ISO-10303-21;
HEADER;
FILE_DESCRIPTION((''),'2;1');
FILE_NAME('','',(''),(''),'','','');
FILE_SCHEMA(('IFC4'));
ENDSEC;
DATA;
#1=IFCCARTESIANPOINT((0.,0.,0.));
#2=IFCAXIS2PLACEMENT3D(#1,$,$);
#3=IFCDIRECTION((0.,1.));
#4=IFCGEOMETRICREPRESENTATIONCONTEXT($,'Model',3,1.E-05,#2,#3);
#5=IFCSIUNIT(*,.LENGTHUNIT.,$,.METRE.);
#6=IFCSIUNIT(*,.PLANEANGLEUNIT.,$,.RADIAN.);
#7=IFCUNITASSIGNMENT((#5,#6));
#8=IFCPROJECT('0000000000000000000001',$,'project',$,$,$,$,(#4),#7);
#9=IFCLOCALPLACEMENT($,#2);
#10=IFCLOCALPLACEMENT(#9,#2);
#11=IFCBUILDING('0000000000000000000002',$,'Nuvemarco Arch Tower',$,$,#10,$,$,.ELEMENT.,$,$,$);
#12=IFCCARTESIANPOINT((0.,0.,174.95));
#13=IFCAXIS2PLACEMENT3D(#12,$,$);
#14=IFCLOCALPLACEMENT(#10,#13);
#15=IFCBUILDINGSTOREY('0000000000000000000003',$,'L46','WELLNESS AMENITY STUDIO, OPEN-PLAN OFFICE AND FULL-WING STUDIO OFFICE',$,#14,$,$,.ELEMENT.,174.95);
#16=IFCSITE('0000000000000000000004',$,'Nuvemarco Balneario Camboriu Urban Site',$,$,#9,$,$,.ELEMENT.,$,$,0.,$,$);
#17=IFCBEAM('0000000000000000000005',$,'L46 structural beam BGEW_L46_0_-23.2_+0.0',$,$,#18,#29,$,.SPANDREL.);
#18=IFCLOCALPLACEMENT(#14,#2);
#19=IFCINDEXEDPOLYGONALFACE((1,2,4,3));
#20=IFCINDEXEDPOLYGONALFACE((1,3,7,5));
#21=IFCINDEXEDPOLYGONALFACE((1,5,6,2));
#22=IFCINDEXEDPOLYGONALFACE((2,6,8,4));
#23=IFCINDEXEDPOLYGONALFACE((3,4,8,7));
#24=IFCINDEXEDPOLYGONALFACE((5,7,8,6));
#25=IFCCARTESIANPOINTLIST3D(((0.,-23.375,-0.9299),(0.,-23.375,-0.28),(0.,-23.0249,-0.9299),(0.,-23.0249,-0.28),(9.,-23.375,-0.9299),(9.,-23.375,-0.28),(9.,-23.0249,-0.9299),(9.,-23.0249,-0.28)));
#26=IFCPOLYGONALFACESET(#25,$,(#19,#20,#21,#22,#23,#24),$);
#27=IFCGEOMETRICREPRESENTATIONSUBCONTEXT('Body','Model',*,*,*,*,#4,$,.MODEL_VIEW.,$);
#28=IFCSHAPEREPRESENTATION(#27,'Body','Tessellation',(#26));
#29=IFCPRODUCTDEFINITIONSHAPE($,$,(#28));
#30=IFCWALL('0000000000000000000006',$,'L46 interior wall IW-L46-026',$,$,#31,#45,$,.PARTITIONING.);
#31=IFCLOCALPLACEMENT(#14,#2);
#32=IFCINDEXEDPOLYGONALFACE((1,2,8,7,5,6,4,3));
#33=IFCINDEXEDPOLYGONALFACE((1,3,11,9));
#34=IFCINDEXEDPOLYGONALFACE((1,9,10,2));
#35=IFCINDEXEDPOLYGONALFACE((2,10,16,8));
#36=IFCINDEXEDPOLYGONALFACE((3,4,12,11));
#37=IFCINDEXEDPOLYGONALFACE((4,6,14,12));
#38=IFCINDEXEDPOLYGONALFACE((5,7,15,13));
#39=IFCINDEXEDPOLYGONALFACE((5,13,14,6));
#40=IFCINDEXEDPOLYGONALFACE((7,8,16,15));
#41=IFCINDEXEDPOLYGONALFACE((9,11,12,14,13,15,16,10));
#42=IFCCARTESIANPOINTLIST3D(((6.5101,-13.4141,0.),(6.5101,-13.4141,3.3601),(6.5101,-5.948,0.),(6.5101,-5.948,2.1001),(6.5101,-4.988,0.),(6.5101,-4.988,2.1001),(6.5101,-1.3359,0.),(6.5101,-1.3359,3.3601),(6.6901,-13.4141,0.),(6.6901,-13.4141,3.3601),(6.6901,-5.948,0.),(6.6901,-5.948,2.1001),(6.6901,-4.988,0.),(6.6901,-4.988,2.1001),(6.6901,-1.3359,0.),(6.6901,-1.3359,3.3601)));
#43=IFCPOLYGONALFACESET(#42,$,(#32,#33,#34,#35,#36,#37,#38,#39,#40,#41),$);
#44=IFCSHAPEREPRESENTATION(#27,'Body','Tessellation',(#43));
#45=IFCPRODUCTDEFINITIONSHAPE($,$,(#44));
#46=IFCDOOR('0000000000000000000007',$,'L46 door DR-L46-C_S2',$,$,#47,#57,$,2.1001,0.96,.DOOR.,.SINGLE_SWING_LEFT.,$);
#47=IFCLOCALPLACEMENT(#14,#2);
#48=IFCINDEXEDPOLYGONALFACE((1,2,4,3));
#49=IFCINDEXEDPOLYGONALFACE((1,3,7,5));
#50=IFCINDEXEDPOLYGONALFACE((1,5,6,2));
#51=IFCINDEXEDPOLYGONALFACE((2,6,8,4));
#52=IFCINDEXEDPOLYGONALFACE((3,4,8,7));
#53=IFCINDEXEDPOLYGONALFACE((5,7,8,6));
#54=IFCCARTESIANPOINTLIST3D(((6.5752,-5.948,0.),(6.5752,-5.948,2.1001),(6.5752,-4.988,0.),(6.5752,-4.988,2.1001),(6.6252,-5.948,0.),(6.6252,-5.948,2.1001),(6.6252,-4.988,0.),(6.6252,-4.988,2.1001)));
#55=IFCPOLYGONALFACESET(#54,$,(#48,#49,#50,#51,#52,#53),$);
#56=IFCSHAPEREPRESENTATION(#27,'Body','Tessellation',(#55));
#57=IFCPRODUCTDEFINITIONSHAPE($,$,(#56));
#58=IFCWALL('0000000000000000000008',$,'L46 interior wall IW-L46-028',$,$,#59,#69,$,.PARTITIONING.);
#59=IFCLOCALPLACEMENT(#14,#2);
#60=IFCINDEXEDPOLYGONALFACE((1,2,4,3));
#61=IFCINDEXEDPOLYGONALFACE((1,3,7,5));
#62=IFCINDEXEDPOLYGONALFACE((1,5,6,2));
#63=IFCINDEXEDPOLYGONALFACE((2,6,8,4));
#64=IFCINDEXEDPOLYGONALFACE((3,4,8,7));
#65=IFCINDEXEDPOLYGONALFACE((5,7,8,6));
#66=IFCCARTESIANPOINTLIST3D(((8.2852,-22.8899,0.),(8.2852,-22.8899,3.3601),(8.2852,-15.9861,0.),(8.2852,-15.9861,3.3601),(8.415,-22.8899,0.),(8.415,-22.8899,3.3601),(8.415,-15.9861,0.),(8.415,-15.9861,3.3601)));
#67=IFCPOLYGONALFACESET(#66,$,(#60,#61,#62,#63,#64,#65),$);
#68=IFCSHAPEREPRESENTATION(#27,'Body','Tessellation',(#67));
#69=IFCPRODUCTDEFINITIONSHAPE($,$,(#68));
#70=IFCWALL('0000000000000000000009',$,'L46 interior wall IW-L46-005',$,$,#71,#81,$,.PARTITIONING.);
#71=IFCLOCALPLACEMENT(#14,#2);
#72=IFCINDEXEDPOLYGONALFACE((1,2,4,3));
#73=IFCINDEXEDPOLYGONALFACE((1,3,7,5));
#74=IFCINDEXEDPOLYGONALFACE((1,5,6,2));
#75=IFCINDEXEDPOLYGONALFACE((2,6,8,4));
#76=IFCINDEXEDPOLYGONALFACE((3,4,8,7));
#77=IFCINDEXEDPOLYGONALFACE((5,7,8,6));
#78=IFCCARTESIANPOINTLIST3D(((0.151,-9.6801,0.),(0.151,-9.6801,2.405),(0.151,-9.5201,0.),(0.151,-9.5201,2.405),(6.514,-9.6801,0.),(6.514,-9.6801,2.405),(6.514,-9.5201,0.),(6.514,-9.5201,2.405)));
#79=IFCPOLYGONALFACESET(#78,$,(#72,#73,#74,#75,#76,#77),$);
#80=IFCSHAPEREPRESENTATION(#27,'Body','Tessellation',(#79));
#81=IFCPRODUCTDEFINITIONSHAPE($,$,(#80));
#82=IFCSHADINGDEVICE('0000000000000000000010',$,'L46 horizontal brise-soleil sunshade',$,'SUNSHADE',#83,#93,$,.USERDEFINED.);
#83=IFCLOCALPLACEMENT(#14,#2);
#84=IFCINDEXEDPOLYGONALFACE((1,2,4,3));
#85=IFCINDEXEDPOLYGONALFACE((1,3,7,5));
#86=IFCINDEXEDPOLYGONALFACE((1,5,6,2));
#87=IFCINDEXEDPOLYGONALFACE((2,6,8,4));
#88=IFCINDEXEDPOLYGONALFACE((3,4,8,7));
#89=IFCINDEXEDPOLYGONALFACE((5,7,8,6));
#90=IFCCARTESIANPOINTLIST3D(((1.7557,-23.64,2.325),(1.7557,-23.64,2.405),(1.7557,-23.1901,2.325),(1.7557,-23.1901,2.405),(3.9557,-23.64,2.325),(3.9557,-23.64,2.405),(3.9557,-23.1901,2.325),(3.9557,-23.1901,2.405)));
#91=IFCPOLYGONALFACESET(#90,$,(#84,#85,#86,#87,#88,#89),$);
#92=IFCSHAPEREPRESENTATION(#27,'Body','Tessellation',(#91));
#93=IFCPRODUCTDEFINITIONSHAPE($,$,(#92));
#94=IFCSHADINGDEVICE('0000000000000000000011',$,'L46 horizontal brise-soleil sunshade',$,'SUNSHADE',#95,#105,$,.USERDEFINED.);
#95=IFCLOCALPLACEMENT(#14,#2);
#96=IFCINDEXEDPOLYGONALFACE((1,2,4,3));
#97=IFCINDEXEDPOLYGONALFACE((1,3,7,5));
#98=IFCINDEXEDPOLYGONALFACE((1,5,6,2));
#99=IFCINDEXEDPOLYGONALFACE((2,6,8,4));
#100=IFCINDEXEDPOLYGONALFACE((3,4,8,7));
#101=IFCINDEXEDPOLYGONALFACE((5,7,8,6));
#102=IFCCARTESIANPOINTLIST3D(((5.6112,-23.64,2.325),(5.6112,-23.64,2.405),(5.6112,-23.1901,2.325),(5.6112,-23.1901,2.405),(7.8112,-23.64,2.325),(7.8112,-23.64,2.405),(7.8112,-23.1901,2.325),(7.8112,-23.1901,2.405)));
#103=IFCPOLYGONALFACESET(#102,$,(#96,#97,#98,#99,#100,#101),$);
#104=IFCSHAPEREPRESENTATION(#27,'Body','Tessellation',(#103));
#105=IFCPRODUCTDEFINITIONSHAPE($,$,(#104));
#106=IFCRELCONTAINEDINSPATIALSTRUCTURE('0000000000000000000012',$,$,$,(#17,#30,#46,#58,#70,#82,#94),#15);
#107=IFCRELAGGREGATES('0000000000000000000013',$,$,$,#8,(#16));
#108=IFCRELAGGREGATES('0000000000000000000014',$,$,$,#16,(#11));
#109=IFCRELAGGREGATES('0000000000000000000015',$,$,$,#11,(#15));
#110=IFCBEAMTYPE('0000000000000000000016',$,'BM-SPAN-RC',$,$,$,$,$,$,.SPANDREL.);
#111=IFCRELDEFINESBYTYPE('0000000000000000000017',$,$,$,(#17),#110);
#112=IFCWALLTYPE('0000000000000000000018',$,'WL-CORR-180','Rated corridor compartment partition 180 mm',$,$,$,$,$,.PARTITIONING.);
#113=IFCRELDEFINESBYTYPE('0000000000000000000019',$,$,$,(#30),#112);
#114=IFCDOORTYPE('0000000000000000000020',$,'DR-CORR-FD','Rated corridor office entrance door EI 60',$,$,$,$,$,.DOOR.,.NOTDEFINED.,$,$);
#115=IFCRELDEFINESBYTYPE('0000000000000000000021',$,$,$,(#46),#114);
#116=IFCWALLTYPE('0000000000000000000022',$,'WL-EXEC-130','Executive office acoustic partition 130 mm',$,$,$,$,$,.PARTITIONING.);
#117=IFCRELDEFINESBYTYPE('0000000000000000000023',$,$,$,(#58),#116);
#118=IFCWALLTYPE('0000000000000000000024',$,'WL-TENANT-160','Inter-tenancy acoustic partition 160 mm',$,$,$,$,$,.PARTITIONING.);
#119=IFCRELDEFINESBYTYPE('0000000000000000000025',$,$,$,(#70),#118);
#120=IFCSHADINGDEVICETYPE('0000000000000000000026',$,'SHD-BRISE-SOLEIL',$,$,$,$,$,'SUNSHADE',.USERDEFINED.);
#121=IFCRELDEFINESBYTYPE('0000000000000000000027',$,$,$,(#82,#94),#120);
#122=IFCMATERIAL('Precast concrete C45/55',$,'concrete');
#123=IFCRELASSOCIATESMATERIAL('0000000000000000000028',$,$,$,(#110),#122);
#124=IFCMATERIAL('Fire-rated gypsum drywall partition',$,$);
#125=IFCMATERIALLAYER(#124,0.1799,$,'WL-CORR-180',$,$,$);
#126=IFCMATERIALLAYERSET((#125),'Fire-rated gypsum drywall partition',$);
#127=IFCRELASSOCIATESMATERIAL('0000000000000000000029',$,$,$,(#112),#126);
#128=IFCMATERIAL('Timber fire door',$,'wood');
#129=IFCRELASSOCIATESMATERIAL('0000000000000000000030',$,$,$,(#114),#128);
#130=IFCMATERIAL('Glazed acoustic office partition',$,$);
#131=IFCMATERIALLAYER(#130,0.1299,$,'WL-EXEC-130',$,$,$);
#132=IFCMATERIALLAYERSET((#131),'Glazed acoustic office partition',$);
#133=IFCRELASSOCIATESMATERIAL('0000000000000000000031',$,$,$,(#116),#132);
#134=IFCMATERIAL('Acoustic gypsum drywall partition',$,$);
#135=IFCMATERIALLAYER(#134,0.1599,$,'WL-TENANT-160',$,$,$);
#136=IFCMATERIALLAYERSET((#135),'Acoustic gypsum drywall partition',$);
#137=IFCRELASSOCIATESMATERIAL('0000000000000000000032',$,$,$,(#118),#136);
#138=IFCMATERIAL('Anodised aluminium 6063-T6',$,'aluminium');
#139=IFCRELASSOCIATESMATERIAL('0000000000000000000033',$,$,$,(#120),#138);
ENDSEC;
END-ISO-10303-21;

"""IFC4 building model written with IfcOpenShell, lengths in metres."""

from ifc_helpers import new_model, si_unit, direction, frame, frame_2d, origin, origin_2d, place, context, subcontext, project, spatial, rectangle, extrude, source, transform, mapped, material, layer, layer_set, material_profile, profile_set, type_object, type_shapes, element, fill, save


model = new_model("IFC4")

# Units and contexts
model_context = context("Model", 3, precision=1e-05, world=origin(), true_north=direction((0.0, 1.0)))
body_context = subcontext(model_context, "Body", "Model", "MODEL_VIEW")
ifc_project = project(units=[si_unit("LENGTHUNIT", "METRE"), si_unit("PLANEANGLEUNIT", "RADIAN")], contexts=[model_context])

# Site, building, storey
site_placement = place(None, origin())
site = spatial("IfcSite", under=ifc_project, at=site_placement, Name="Nuvemarco Balneario Camboriu Urban Site", CompositionType="ELEMENT", RefElevation=0.0)
building_placement = place(site_placement, origin())
building = spatial("IfcBuilding", under=site, at=building_placement, Name="Nuvemarco Arch Tower", CompositionType="ELEMENT")
storey_placement = place(building_placement, frame((0.0, 0.0, 174.95)))
storey = spatial("IfcBuildingStorey", under=building, at=storey_placement, Name="L46", Description="WELLNESS AMENITY STUDIO, OPEN-PLAN OFFICE AND FULL-WING STUDIO OFFICE", CompositionType="ELEMENT", Elevation=174.95)

# Beam
ifc_material_1 = material(Name="Precast concrete C45/55", Category="concrete")
ifc_material_profile_1 = material_profile(ifc_material_1, rectangle(XDim=0.3501, YDim=0.6499, at=origin_2d()), Name="PC-SP-350x650")
ifc_profile_set_1 = profile_set([ifc_material_profile_1], Name="Precast concrete C45/55")
beam_type_1 = type_object("IfcBeamType", Name="BM-SPAN-RC", PredefinedType="SPANDREL", material=ifc_profile_set_1)
beam_1_placement = place(storey_placement, frame((0.0, -23.2, -0.605), z_axis=(1.0, 0.0, 0.0), x_axis=(0.0, 1.0, 0.0)))
element("IfcBeam", 1, at=beam_1_placement, inside=storey, type_object=beam_type_1, Name="L46 structural beam BGEW_L46_0_-23.2_+0.0", PredefinedType="SPANDREL", context=body_context, shape_type="SweptSolid", body=[
    extrude(rectangle(XDim=0.3501, YDim=0.6499, at=origin_2d()), origin(), (0.0, 0.0, 1.0), 9.0),
])

# Wall, opening, door
ifc_material_2 = material(Name="Fire-rated gypsum drywall partition")
ifc_layer_1 = layer(ifc_material_2, 0.1799, Name="WL-CORR-180")
ifc_layer_set_1 = layer_set([ifc_layer_1], Name="Fire-rated gypsum drywall partition")
wall_type_1 = type_object("IfcWallType", Name="WL-CORR-180", Description="Rated corridor compartment partition 180 mm", PredefinedType="PARTITIONING", material=ifc_layer_set_1)
wall_1_placement = place(storey_placement, frame((6.6001, -13.4141, 0.0), z_axis=(0.0, 0.0, 1.0), x_axis=(0.0, 1.0, 0.0)))
wall_1 = element("IfcWall", 2, at=wall_1_placement, inside=storey, type_object=wall_type_1, Name="L46 interior wall IW-L46-026", PredefinedType="PARTITIONING", context=body_context, shape_type="SweptSolid", body=[
    extrude(rectangle(XDim=12.0781, YDim=0.1799, at=frame_2d((6.0391, 0.0))), origin(), (0.0, 0.0, 1.0), 3.3601),
])
opening_placement = place(wall_1_placement, frame((7.4661, 0.0, 0.0)))
opening = element("IfcOpeningElement", 3, at=opening_placement, cuts=wall_1, PredefinedType="OPENING", context=body_context, shape_type="SweptSolid", body=[
    extrude(rectangle(XDim=0.96, YDim=2.1001, at=frame_2d((0.48, 1.05))), frame((0.0, 0.0999, 0.0), z_axis=(0.0, -1.0, 0.0), x_axis=(1.0, 0.0, 0.0)), (0.0, 0.0, 1.0), 0.2),
])
ifc_material_3 = material(Name="Timber fire door", Category="wood")
door_type = type_object("IfcDoorType", Name="DR-CORR-FD", Description="Rated corridor office entrance door EI 60", OperationType="NOTDEFINED", PredefinedType="DOOR", material=ifc_material_3)
shared_shape_1 = source(origin(), body_context, "Body", "SweptSolid", [
    extrude(rectangle(XDim=0.96, YDim=2.1001, at=frame_2d((0.48, 1.05))), frame((0.0, 0.0249, 0.0), z_axis=(0.0, -1.0, 0.0), x_axis=(1.0, 0.0, 0.0)), (0.0, 0.0, 1.0), 0.05),
])
type_shapes(door_type, [shared_shape_1])
door_placement = place(opening_placement, origin())
door = element("IfcDoor", 4, at=door_placement, inside=storey, type_object=door_type, Name="L46 door DR-L46-C_S2", OperationType="SINGLE_SWING_LEFT", OverallHeight=2.1001, OverallWidth=0.96, PredefinedType="DOOR", context=body_context, shape_type="MappedRepresentation", body=[
    mapped(shared_shape_1, transform((0.0, 0.0, 0.0), scale=1.0)),
])
fill(opening, door)

# Walls
ifc_material_4 = material(Name="Glazed acoustic office partition")
ifc_layer_2 = layer(ifc_material_4, 0.1299, Name="WL-EXEC-130")
ifc_layer_set_2 = layer_set([ifc_layer_2], Name="Glazed acoustic office partition")
wall_type_2 = type_object("IfcWallType", Name="WL-EXEC-130", Description="Executive office acoustic partition 130 mm", PredefinedType="PARTITIONING", material=ifc_layer_set_2)
wall_2_placement = place(storey_placement, frame((8.3501, -22.8899, 0.0), z_axis=(0.0, 0.0, 1.0), x_axis=(0.0, 1.0, 0.0)))
element("IfcWall", 5, at=wall_2_placement, inside=storey, type_object=wall_type_2, Name="L46 interior wall IW-L46-028", PredefinedType="PARTITIONING", context=body_context, shape_type="SweptSolid", body=[
    extrude(rectangle(XDim=6.9038, YDim=0.1299, at=frame_2d((3.4519, 0.0))), origin(), (0.0, 0.0, 1.0), 3.3601),
])
ifc_material_5 = material(Name="Acoustic gypsum drywall partition")
ifc_layer_3 = layer(ifc_material_5, 0.1599, Name="WL-TENANT-160")
ifc_layer_set_3 = layer_set([ifc_layer_3], Name="Acoustic gypsum drywall partition")
wall_type_3 = type_object("IfcWallType", Name="WL-TENANT-160", Description="Inter-tenancy acoustic partition 160 mm", PredefinedType="PARTITIONING", material=ifc_layer_set_3)
wall_3_placement = place(storey_placement, frame((0.1509, -9.6001, 0.0), z_axis=(0.0, 0.0, 1.0), x_axis=(1.0, 0.0, 0.0)))
element("IfcWall", 6, at=wall_3_placement, inside=storey, type_object=wall_type_3, Name="L46 interior wall IW-L46-005", PredefinedType="PARTITIONING", context=body_context, shape_type="SweptSolid", body=[
    extrude(rectangle(XDim=6.363, YDim=0.1599, at=frame_2d((3.1816, 0.0))), origin(), (0.0, 0.0, 1.0), 2.405),
])

# Shading devices
ifc_material_6 = material(Name="Anodised aluminium 6063-T6", Category="aluminium")
shading_device_type = type_object("IfcShadingDeviceType", Name="SHD-BRISE-SOLEIL", ElementType="SUNSHADE", PredefinedType="USERDEFINED", material=ifc_material_6)
shared_shape_2 = source(origin(), body_context, "Body", "SweptSolid", [
    extrude(rectangle(XDim=2.2, YDim=0.45, at=origin_2d()), origin(), (0.0, 0.0, 1.0), 0.0801),
])
type_shapes(shading_device_type, [shared_shape_2])
for number, where, z_axis, x_axis, name in (
    (7, (2.8557, -23.415, 2.325), (0.0, 0.0, 1.0), (1.0, 0.0, 0.0), "L46 horizontal brise-soleil sunshade"),
    (8, (6.7112, -23.415, 2.325), (0.0, 0.0, 1.0), (1.0, 0.0, 0.0), "L46 horizontal brise-soleil sunshade"),
):
    element("IfcShadingDevice", number, at=place(storey_placement, frame(where, z_axis=z_axis, x_axis=x_axis)), inside=storey, type_object=shading_device_type, Name=name, ObjectType="SUNSHADE", PredefinedType="USERDEFINED", context=body_context, shape_type="MappedRepresentation", body=[
        mapped(shared_shape_2, transform((0.0, 0.0, 0.0), scale=1.0)),
    ])

save(model, "model.ifc")
